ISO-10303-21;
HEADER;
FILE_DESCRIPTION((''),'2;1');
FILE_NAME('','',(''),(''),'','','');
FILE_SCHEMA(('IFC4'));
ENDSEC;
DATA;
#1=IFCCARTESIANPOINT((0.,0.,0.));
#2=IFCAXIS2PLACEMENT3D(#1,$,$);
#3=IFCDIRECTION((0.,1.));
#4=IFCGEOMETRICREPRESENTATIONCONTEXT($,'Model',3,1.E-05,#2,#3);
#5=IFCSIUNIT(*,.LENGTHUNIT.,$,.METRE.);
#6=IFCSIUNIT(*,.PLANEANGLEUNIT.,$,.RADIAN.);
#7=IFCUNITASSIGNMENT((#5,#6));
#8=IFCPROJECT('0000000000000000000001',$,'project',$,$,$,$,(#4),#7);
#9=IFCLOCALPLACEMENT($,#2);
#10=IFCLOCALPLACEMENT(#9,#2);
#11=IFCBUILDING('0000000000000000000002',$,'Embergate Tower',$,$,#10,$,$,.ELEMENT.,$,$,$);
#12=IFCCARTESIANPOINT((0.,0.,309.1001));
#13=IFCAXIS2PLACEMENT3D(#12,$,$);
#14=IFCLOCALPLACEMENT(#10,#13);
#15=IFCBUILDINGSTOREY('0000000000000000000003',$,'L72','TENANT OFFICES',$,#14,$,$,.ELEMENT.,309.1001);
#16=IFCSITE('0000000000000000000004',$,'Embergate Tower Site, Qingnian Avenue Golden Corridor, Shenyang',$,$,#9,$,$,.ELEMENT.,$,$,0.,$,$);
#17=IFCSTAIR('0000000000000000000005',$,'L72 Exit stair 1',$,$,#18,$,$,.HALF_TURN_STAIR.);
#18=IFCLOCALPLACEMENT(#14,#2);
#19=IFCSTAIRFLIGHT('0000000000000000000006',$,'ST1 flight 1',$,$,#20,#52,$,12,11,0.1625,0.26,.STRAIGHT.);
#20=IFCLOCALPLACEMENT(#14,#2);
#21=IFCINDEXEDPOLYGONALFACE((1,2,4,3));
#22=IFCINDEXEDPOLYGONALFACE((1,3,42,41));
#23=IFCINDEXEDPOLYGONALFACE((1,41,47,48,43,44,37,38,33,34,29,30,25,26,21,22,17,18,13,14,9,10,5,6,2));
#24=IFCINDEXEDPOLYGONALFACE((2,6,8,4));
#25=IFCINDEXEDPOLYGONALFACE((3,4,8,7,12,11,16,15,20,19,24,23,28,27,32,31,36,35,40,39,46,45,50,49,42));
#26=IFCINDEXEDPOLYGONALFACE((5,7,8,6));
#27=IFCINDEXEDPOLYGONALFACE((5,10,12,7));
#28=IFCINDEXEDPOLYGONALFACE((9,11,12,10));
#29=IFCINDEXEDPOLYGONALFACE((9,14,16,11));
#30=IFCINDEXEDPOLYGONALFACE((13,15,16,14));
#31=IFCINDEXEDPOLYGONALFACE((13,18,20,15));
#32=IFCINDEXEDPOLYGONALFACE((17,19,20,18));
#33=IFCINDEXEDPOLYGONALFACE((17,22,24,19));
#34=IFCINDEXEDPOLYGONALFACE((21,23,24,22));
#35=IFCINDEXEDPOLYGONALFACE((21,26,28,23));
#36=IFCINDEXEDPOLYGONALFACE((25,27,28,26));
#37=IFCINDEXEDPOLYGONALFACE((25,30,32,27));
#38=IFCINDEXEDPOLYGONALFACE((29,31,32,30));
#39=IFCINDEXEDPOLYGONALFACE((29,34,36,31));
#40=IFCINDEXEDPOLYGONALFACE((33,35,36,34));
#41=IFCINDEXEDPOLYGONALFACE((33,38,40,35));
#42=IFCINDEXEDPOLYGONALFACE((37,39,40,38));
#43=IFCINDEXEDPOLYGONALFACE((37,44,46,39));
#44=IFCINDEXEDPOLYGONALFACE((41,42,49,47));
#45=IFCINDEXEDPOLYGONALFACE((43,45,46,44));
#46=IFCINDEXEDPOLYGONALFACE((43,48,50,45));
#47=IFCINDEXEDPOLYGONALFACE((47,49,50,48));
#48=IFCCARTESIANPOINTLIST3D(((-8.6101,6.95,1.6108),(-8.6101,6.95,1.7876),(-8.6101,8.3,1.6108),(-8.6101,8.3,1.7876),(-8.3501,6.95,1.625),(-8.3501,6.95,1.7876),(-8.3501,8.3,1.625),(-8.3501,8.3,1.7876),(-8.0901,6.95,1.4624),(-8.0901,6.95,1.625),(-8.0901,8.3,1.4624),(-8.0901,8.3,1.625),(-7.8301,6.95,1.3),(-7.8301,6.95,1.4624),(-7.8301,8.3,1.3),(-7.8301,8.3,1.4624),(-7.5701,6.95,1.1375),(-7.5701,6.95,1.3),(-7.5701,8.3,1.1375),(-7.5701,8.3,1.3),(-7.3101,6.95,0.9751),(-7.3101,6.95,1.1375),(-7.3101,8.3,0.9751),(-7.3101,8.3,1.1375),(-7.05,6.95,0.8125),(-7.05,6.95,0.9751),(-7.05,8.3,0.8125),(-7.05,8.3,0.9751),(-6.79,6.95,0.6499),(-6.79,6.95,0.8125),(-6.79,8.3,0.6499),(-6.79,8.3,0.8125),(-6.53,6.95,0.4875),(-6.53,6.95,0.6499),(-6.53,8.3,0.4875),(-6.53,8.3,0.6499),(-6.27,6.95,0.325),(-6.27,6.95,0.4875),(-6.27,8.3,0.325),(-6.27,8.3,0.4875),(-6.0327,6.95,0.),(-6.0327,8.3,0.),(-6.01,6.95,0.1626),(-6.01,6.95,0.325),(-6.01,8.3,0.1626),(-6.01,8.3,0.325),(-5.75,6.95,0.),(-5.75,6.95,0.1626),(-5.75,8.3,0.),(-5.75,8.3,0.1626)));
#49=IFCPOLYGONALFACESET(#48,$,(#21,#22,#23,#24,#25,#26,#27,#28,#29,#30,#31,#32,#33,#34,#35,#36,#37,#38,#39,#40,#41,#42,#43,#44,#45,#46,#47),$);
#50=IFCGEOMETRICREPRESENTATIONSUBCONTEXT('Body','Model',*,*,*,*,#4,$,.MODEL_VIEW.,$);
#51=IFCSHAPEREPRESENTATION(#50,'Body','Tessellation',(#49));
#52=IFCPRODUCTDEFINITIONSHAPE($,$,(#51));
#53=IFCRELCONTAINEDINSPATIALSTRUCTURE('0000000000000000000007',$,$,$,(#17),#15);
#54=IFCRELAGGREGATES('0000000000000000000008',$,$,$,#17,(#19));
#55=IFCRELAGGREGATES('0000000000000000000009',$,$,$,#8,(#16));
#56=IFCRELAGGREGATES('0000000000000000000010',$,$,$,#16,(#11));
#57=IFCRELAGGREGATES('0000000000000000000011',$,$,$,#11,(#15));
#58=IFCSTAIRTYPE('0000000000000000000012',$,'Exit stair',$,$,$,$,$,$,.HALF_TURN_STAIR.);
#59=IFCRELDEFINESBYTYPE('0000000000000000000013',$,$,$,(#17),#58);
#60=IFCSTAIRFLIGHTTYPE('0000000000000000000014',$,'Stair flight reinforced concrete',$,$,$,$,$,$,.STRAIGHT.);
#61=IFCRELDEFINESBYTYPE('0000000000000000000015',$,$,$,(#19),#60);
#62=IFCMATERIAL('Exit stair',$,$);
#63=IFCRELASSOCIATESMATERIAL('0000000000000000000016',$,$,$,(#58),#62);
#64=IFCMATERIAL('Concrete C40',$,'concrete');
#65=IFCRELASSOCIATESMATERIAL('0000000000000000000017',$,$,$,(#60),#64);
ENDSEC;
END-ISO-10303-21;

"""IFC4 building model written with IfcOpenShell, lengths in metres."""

from ifc_helpers import new_model, si_unit, direction, frame, origin, place, context, subcontext, project, spatial, polyline, outline, extrude, source, transform, mapped, material, type_object, element, aggregate, save


model = new_model("IFC4")

# Units and contexts
model_context = context("Model", 3, precision=1e-05, world=origin(), true_north=direction((0.0, 1.0)))
body_context = subcontext(model_context, "Body", "Model", "MODEL_VIEW")
ifc_project = project(units=[si_unit("LENGTHUNIT", "METRE"), si_unit("PLANEANGLEUNIT", "RADIAN")], contexts=[model_context])

# Site, building, storey
site_placement = place(None, origin())
site = spatial("IfcSite", under=ifc_project, at=site_placement, Name="Embergate Tower Site, Qingnian Avenue Golden Corridor, Shenyang", CompositionType="ELEMENT", RefElevation=0.0)
building_placement = place(site_placement, origin())
building = spatial("IfcBuilding", under=site, at=building_placement, Name="Embergate Tower", CompositionType="ELEMENT")
storey_placement = place(building_placement, frame((0.0, 0.0, 309.1001)))
storey = spatial("IfcBuildingStorey", under=building, at=storey_placement, Name="L72", Description="TENANT OFFICES", CompositionType="ELEMENT", Elevation=309.1001)

# Stair, stair flight
ifc_material_1 = material(Name="Exit stair")
stair_type = type_object("IfcStairType", Name="Exit stair", PredefinedType="HALF_TURN_STAIR", material=ifc_material_1)
stair_placement = place(storey_placement, origin())
stair = element("IfcStair", 1, at=stair_placement, inside=storey, type_object=stair_type, Name="L72 Exit stair 1", PredefinedType="HALF_TURN_STAIR")
ifc_material_2 = material(Name="Concrete C40", Category="concrete")
stair_flight_type = type_object("IfcStairFlightType", Name="Stair flight reinforced concrete", PredefinedType="STRAIGHT", material=ifc_material_2)
shared_shape_1 = source(origin(), body_context, "Body", "SweptSolid", [
    extrude(outline(polyline([(0.0, 0.0), (0.0, 0.1626), (0.26, 0.1626), (0.26, 0.325), (0.52, 0.325), (0.52, 0.4875), (0.78, 0.4875), (0.78, 0.6499), (1.04, 0.6499), (1.04, 0.8125), (1.3, 0.8125), (1.3, 0.9751), (1.5601, 0.9751), (1.5601, 1.1375), (1.8201, 1.1375), (1.8201, 1.3), (2.0801, 1.3), (2.0801, 1.4624), (2.3401, 1.4624), (2.3401, 1.625), (2.6001, 1.625), (2.6001, 1.7876), (2.8601, 1.7876), (2.8601, 1.95), (2.8601, 1.6108), (0.2827, 0.0), (0.0, 0.0)])), frame((0.0, 0.675, 0.0), z_axis=(0.0, -1.0, 0.0), x_axis=(1.0, 0.0, 0.0)), (0.0, 0.0, 1.0), 1.3501),
])
stair_flight_placement = place(storey_placement, frame((-5.75, 7.625, 0.0), z_axis=(0.0, 0.0, 1.0), x_axis=(-1.0, 0.0, 0.0)))
stair_flight = element("IfcStairFlight", 2, at=stair_flight_placement, type_object=stair_flight_type, Name="ST1 flight 1", NumberOfRisers=12, NumberOfTreads=11, PredefinedType="STRAIGHT", RiserHeight=0.1625, TreadLength=0.26, context=body_context, shape_type="MappedRepresentation", body=[
    mapped(shared_shape_1, transform((0.0, 0.0, 0.0))),
])
aggregate(stair, [stair_flight])

save(model, "model.ifc")
